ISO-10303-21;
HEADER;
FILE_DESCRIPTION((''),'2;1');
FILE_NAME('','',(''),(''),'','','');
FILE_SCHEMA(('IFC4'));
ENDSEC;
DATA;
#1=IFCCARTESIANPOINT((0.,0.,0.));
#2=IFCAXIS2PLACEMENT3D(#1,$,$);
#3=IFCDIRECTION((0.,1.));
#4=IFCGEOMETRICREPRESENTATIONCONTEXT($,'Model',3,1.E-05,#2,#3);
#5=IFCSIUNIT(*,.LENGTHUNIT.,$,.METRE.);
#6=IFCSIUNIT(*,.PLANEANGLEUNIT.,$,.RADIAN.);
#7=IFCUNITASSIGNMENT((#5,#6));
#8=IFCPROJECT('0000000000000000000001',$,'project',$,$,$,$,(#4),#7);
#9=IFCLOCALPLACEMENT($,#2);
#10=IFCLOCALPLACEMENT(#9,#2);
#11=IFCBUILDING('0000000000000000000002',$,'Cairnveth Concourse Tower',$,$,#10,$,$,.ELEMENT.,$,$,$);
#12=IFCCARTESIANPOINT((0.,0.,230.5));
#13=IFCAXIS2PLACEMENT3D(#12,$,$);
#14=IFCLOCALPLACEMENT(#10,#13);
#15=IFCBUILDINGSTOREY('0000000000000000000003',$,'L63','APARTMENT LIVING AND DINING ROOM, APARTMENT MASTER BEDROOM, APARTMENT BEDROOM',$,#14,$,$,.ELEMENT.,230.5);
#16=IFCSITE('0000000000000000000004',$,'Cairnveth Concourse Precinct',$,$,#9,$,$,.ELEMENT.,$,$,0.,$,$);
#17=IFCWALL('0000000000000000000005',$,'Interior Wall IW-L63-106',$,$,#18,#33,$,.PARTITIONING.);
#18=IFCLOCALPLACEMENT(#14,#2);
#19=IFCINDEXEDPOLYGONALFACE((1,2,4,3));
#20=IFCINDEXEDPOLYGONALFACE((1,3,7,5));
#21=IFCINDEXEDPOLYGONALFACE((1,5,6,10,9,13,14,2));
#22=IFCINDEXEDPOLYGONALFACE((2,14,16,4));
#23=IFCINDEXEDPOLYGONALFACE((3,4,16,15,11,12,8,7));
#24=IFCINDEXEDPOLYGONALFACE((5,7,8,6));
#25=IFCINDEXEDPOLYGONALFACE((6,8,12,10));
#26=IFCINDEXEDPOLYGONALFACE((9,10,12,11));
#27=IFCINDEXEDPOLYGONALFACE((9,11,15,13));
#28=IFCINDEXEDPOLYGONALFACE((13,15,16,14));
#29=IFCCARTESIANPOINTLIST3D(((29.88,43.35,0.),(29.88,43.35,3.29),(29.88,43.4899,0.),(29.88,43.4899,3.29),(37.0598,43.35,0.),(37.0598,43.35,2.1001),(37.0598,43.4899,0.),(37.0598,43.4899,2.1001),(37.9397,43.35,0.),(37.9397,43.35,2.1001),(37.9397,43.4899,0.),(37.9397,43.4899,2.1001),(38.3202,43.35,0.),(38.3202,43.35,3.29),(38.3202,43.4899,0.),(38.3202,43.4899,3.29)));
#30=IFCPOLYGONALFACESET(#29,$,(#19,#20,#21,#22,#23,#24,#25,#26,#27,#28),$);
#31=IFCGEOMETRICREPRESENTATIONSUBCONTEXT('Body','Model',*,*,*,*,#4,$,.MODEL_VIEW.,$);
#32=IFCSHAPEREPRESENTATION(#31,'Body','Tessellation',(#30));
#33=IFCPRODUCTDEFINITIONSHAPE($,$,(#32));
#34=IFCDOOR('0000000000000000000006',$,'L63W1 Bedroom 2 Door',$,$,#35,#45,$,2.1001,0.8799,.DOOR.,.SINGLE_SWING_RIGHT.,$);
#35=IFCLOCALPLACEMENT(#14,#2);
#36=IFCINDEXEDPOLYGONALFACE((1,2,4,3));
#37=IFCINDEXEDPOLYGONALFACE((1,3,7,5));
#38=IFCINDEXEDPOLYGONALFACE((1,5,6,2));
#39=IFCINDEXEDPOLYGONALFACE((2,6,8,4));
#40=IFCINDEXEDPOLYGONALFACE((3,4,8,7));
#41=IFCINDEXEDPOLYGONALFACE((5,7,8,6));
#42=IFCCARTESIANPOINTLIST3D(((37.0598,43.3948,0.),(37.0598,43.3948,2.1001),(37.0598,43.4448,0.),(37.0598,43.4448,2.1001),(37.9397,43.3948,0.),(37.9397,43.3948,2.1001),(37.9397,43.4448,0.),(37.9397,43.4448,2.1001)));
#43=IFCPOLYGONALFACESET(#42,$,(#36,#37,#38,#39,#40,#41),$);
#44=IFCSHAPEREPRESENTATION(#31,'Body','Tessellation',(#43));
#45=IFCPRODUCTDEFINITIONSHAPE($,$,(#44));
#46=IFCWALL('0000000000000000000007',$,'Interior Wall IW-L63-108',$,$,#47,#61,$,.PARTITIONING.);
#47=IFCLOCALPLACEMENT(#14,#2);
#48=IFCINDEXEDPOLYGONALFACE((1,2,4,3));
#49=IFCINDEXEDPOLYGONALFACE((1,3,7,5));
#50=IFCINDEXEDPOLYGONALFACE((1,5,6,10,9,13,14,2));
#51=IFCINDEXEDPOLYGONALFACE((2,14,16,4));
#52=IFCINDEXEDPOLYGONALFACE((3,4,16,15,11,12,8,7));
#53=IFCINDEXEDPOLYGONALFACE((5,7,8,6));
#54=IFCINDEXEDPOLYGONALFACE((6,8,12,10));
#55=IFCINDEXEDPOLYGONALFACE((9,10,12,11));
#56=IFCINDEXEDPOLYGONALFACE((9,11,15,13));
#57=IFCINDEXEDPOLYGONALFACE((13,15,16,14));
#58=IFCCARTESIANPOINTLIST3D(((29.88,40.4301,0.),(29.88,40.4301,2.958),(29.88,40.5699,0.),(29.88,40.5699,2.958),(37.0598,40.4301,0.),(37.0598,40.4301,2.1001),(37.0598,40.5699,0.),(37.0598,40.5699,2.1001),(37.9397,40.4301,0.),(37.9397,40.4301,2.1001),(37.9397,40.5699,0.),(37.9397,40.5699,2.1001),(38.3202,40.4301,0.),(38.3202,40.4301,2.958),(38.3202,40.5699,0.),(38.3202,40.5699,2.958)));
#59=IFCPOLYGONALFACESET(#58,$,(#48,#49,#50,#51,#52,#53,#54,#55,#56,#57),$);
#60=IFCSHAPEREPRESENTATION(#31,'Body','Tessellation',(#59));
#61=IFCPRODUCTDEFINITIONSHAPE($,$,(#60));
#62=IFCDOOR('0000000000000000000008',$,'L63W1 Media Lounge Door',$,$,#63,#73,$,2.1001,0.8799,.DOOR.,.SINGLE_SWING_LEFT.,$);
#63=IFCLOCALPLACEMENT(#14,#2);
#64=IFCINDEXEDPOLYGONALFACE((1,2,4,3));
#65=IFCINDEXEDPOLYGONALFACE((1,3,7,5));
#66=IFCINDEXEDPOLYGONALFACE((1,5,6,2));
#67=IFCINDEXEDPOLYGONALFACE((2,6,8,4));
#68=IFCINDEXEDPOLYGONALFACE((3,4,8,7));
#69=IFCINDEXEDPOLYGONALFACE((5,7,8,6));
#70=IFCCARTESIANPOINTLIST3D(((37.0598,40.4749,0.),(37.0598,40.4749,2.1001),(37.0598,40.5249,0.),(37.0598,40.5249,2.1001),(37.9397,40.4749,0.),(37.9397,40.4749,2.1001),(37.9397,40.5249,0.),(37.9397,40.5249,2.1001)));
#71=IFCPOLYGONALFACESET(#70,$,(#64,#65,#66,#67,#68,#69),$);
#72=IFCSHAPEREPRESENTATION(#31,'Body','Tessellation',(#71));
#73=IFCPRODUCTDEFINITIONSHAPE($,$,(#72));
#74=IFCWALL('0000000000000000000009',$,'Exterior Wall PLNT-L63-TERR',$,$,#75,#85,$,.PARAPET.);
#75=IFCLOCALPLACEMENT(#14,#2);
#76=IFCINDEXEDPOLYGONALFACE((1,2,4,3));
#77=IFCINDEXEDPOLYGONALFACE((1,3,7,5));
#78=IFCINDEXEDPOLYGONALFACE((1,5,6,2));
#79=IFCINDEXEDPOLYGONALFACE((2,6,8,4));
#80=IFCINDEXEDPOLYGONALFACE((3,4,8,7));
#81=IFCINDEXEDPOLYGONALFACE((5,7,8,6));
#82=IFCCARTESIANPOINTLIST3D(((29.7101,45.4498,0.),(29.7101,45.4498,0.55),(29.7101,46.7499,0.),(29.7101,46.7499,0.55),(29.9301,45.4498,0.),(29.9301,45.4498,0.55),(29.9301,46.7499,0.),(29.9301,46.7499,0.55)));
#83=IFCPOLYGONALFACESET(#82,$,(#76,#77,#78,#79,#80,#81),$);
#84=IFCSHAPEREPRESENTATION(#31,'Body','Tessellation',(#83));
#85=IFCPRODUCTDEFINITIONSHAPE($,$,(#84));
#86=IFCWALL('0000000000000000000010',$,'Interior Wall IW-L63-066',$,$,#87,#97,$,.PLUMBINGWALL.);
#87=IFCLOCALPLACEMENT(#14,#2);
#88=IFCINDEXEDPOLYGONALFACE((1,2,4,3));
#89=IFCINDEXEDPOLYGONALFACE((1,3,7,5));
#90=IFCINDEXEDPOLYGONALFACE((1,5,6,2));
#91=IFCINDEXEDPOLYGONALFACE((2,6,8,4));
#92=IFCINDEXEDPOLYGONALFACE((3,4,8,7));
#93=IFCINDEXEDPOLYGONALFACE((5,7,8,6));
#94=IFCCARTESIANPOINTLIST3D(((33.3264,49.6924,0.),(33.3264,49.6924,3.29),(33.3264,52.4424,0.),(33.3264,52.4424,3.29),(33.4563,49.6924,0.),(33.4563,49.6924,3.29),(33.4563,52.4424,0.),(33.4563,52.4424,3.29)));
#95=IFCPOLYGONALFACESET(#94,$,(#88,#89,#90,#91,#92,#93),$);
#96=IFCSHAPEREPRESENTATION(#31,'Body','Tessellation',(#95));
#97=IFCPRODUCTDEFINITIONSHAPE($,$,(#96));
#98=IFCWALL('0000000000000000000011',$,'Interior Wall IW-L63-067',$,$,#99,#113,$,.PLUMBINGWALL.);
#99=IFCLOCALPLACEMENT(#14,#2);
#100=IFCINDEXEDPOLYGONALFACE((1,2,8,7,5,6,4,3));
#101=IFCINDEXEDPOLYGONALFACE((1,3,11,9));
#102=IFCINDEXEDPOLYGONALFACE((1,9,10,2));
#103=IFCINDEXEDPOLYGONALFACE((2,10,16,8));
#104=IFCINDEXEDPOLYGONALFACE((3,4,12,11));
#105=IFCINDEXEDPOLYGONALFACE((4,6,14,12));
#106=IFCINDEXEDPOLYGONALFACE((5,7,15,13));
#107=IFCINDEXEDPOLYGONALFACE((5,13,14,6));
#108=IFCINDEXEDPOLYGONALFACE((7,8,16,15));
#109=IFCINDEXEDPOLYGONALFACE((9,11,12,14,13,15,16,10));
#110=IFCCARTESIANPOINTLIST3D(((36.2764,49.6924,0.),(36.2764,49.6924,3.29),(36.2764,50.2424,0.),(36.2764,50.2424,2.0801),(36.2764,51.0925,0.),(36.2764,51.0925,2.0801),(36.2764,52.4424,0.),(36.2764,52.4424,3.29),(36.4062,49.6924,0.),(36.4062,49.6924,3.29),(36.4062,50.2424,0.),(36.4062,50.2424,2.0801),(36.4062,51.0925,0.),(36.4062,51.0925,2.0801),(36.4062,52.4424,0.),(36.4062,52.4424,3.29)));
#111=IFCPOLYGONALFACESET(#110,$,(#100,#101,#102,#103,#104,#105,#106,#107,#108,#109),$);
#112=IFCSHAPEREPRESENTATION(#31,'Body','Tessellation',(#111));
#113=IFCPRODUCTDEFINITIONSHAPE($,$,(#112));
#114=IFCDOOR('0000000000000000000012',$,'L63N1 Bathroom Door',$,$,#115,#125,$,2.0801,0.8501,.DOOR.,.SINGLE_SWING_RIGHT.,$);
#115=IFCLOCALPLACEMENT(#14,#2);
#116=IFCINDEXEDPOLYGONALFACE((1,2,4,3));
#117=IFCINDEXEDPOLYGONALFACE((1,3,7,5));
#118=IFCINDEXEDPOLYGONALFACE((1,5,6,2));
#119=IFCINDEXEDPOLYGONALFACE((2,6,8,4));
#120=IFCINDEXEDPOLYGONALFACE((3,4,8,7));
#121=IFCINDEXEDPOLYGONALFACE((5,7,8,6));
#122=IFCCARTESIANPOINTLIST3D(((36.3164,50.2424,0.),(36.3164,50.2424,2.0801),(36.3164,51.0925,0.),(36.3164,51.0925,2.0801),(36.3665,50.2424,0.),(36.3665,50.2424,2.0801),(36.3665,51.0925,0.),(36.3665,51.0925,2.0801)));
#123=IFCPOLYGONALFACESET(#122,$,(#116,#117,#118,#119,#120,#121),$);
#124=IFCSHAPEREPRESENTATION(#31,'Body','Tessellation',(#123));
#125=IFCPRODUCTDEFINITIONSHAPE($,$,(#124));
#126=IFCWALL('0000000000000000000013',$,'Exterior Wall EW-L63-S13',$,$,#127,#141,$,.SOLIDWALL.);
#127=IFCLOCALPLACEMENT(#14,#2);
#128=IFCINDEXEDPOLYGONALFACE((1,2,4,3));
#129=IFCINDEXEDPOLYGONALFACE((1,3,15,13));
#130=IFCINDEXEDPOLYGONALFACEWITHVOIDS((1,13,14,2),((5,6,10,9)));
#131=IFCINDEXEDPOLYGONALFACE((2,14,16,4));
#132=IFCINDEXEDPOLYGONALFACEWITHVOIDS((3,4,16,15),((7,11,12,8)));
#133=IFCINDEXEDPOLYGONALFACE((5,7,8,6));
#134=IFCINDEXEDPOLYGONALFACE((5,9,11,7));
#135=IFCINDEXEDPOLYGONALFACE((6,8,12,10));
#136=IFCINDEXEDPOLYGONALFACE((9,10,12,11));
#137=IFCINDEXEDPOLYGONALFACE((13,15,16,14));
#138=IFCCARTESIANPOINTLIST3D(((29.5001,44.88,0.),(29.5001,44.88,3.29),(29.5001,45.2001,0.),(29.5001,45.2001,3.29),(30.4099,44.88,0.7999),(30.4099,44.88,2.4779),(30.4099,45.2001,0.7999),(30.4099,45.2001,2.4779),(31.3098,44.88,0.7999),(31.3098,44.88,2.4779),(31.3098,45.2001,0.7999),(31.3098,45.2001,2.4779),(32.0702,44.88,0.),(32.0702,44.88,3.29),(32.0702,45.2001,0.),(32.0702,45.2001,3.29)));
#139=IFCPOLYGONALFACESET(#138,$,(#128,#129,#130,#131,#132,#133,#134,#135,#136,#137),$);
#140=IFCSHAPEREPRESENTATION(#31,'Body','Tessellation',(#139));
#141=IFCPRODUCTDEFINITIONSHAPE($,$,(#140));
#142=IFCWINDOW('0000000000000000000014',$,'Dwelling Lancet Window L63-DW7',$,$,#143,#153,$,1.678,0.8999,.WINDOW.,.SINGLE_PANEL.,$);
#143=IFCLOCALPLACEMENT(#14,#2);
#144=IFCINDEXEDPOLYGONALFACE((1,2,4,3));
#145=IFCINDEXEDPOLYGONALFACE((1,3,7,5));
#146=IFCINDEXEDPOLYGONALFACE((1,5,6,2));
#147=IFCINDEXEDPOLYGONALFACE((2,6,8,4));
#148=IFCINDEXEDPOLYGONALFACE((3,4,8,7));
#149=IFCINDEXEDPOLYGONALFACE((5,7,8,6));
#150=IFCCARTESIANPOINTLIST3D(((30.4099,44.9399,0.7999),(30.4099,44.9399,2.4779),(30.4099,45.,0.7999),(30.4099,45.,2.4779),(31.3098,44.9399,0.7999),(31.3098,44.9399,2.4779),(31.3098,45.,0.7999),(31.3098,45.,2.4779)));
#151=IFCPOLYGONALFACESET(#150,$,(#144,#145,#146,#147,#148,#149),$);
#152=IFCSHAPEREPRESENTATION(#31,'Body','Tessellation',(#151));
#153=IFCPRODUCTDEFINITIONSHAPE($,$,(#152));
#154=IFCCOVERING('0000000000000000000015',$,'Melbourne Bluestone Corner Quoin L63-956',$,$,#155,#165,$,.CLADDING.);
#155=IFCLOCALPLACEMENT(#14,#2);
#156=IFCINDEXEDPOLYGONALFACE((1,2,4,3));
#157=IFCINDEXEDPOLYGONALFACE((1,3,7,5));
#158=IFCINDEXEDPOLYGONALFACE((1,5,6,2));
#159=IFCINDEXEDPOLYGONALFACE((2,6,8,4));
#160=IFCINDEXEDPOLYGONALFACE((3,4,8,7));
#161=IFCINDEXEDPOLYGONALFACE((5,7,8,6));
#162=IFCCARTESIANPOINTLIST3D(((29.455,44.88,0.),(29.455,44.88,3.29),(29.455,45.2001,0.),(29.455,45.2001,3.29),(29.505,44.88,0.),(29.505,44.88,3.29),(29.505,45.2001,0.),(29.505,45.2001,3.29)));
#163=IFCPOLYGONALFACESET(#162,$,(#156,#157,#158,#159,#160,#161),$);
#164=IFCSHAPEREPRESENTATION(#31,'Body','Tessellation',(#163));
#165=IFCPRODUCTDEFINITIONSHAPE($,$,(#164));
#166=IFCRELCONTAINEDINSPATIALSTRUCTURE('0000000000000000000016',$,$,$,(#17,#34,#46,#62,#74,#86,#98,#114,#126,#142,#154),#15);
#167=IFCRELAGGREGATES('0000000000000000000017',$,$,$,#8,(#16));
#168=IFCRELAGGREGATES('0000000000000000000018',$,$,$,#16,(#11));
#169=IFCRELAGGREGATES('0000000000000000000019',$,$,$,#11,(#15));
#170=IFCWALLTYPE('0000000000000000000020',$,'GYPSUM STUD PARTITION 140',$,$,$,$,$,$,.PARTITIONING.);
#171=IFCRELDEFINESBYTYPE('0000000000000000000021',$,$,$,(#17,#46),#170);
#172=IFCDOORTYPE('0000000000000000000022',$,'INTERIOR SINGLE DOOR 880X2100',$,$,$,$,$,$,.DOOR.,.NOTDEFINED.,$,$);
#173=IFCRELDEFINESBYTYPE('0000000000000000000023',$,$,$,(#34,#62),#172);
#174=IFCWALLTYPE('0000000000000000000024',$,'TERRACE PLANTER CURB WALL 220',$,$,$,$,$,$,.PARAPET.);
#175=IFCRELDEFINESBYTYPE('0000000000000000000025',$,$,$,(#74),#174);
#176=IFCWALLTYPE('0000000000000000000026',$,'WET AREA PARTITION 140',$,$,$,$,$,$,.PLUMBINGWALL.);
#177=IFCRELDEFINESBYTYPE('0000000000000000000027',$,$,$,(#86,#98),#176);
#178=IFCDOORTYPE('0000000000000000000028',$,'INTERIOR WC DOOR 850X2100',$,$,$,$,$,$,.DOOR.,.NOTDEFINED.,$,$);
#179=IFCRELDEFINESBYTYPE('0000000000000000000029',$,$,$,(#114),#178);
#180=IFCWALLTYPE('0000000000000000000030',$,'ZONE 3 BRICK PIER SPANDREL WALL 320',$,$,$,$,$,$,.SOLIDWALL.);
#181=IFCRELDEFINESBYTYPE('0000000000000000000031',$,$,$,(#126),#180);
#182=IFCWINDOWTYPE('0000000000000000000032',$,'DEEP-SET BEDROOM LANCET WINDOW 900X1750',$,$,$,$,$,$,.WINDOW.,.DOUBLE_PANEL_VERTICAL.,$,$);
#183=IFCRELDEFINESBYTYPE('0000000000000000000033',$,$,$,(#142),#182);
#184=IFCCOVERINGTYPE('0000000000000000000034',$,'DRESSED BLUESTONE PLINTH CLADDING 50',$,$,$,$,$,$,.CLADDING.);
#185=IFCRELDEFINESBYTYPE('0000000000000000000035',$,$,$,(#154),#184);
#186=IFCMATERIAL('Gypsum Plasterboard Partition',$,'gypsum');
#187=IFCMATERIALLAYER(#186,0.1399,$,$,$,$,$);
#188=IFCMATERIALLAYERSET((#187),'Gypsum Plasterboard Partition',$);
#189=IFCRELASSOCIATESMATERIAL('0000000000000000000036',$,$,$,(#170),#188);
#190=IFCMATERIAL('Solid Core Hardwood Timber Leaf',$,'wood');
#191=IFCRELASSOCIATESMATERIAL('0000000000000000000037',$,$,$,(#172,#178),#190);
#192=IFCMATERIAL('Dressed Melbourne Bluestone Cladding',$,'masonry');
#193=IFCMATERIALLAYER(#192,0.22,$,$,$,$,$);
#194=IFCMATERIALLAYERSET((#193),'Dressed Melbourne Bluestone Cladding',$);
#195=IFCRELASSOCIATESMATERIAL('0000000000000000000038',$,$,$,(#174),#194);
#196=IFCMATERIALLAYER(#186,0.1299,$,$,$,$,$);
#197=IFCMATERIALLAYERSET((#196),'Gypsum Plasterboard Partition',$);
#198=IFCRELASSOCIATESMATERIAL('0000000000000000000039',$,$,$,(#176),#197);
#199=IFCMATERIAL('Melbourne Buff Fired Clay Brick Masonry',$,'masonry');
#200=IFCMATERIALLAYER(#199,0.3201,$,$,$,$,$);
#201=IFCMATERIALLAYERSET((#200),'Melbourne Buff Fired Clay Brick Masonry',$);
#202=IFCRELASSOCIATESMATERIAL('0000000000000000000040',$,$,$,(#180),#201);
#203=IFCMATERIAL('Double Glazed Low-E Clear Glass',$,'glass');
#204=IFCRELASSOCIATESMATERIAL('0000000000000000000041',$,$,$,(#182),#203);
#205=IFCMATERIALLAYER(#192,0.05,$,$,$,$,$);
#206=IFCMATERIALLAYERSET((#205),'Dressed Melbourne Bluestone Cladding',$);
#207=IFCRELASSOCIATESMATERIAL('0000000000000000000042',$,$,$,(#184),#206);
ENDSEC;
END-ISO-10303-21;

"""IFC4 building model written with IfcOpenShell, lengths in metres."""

from ifc_helpers import new_model, si_unit, direction, frame, frame_2d, origin, place, context, subcontext, project, spatial, rectangle, extrude, material, layer, layer_set, type_object, element, fill, save


model = new_model("IFC4")

# Units and contexts
model_context = context("Model", 3, precision=1e-05, world=origin(), true_north=direction((0.0, 1.0)))
body_context = subcontext(model_context, "Body", "Model", "MODEL_VIEW")
ifc_project = project(units=[si_unit("LENGTHUNIT", "METRE"), si_unit("PLANEANGLEUNIT", "RADIAN")], contexts=[model_context])

# Site, building, storey
site_placement = place(None, origin())
site = spatial("IfcSite", under=ifc_project, at=site_placement, Name="Cairnveth Concourse Precinct", CompositionType="ELEMENT", RefElevation=0.0)
building_placement = place(site_placement, origin())
building = spatial("IfcBuilding", under=site, at=building_placement, Name="Cairnveth Concourse Tower", CompositionType="ELEMENT")
storey_placement = place(building_placement, frame((0.0, 0.0, 230.5)))
storey = spatial("IfcBuildingStorey", under=building, at=storey_placement, Name="L63", Description="APARTMENT LIVING AND DINING ROOM, APARTMENT MASTER BEDROOM, APARTMENT BEDROOM", CompositionType="ELEMENT", Elevation=230.5)

# Shared definitions
ifc_material_1 = material(Name="Gypsum Plasterboard Partition", Category="gypsum")
ifc_material_2 = material(Name="Solid Core Hardwood Timber Leaf", Category="wood")

# Walls, openings, doors
ifc_layer_1 = layer(ifc_material_1, 0.1399)
ifc_layer_set_1 = layer_set([ifc_layer_1], Name="Gypsum Plasterboard Partition")
wall_type_1 = type_object("IfcWallType", Name="GYPSUM STUD PARTITION 140", PredefinedType="PARTITIONING", material=ifc_layer_set_1)
wall_1_placement = place(storey_placement, frame((29.8799, 43.4199, 0.0), z_axis=(0.0, 0.0, 1.0), x_axis=(1.0, 0.0, 0.0)))
wall_1 = element("IfcWall", 1, at=wall_1_placement, inside=storey, type_object=wall_type_1, Name="Interior Wall IW-L63-106", PredefinedType="PARTITIONING", context=body_context, shape_type="SweptSolid", body=[
    extrude(rectangle(XDim=8.4402, YDim=0.1399, at=frame_2d((4.2202, 0.0))), origin(), (0.0, 0.0, 1.0), 3.29),
])
opening_1_placement = place(wall_1_placement, frame((7.1799, 0.0, 0.0)))
opening_1 = element("IfcOpeningElement", 2, at=opening_1_placement, cuts=wall_1, PredefinedType="OPENING", context=body_context, shape_type="SweptSolid", body=[
    extrude(rectangle(XDim=0.8799, YDim=2.1001, at=frame_2d((0.4399, 1.05))), frame((0.0, 0.0798, 0.0), z_axis=(0.0, -1.0, 0.0), x_axis=(1.0, 0.0, 0.0)), (0.0, 0.0, 1.0), 0.1599),
])
door_type_1 = type_object("IfcDoorType", Name="INTERIOR SINGLE DOOR 880X2100", OperationType="NOTDEFINED", PredefinedType="DOOR", material=ifc_material_2)
door_1_placement = place(opening_1_placement, origin())
door_1 = element("IfcDoor", 3, at=door_1_placement, inside=storey, type_object=door_type_1, Name="L63W1 Bedroom 2 Door", OperationType="SINGLE_SWING_RIGHT", OverallHeight=2.1001, OverallWidth=0.8799, PredefinedType="DOOR", context=body_context, shape_type="SweptSolid", body=[
    extrude(rectangle(XDim=0.8799, YDim=2.1001, at=frame_2d((0.4399, 1.05))), frame((0.0, 0.0249, 0.0), z_axis=(0.0, -1.0, 0.0), x_axis=(1.0, 0.0, 0.0)), (0.0, 0.0, 1.0), 0.05),
])
fill(opening_1, door_1)
wall_2_placement = place(storey_placement, frame((29.8799, 40.5, 0.0), z_axis=(0.0, 0.0, 1.0), x_axis=(1.0, 0.0, 0.0)))
wall_2 = element("IfcWall", 4, at=wall_2_placement, inside=storey, type_object=wall_type_1, Name="Interior Wall IW-L63-108", PredefinedType="PARTITIONING", context=body_context, shape_type="SweptSolid", body=[
    extrude(rectangle(XDim=8.4402, YDim=0.1399, at=frame_2d((4.2202, 0.0))), origin(), (0.0, 0.0, 1.0), 2.958),
])
opening_2_placement = place(wall_2_placement, frame((7.1799, 0.0, 0.0)))
opening_2 = element("IfcOpeningElement", 5, at=opening_2_placement, cuts=wall_2, PredefinedType="OPENING", context=body_context, shape_type="SweptSolid", body=[
    extrude(rectangle(XDim=0.8799, YDim=2.1001, at=frame_2d((0.4399, 1.05))), frame((0.0, 0.0798, 0.0), z_axis=(0.0, -1.0, 0.0), x_axis=(1.0, 0.0, 0.0)), (0.0, 0.0, 1.0), 0.1599),
])
door_2_placement = place(opening_2_placement, origin())
door_2 = element("IfcDoor", 6, at=door_2_placement, inside=storey, type_object=door_type_1, Name="L63W1 Media Lounge Door", OperationType="SINGLE_SWING_LEFT", OverallHeight=2.1001, OverallWidth=0.8799, PredefinedType="DOOR", context=body_context, shape_type="SweptSolid", body=[
    extrude(rectangle(XDim=0.8799, YDim=2.1001, at=frame_2d((0.4399, 1.05))), frame((0.0, 0.0249, 0.0), z_axis=(0.0, -1.0, 0.0), x_axis=(1.0, 0.0, 0.0)), (0.0, 0.0, 1.0), 0.05),
])
fill(opening_2, door_2)

# Walls
ifc_material_3 = material(Name="Dressed Melbourne Bluestone Cladding", Category="masonry")
ifc_layer_2 = layer(ifc_material_3, 0.22)
ifc_layer_set_2 = layer_set([ifc_layer_2], Name="Dressed Melbourne Bluestone Cladding")
wall_type_2 = type_object("IfcWallType", Name="TERRACE PLANTER CURB WALL 220", PredefinedType="PARAPET", material=ifc_layer_set_2)
wall_3_placement = place(storey_placement, frame((29.8201, 45.45, 0.0), z_axis=(0.0, 0.0, 1.0), x_axis=(0.0, 1.0, 0.0)))
element("IfcWall", 7, at=wall_3_placement, inside=storey, type_object=wall_type_2, Name="Exterior Wall PLNT-L63-TERR", PredefinedType="PARAPET", context=body_context, shape_type="SweptSolid", body=[
    extrude(rectangle(XDim=1.3, YDim=0.22, at=frame_2d((0.6499, 0.0))), origin(), (0.0, 0.0, 1.0), 0.55),
])
ifc_layer_3 = layer(ifc_material_1, 0.1299)
ifc_layer_set_3 = layer_set([ifc_layer_3], Name="Gypsum Plasterboard Partition")
wall_type_3 = type_object("IfcWallType", Name="WET AREA PARTITION 140", PredefinedType="PLUMBINGWALL", material=ifc_layer_set_3)
wall_4_placement = place(storey_placement, frame((33.3914, 49.6924, 0.0), z_axis=(0.0, 0.0, 1.0), x_axis=(0.0, 1.0, 0.0)))
element("IfcWall", 8, at=wall_4_placement, inside=storey, type_object=wall_type_3, Name="Interior Wall IW-L63-066", PredefinedType="PLUMBINGWALL", context=body_context, shape_type="SweptSolid", body=[
    extrude(rectangle(XDim=2.75, YDim=0.1299, at=frame_2d((1.375, 0.0))), origin(), (0.0, 0.0, 1.0), 3.29),
])

# Wall, opening, door
wall_5_placement = place(storey_placement, frame((36.3413, 49.6924, 0.0), z_axis=(0.0, 0.0, 1.0), x_axis=(0.0, 1.0, 0.0)))
wall_5 = element("IfcWall", 9, at=wall_5_placement, inside=storey, type_object=wall_type_3, Name="Interior Wall IW-L63-067", PredefinedType="PLUMBINGWALL", context=body_context, shape_type="SweptSolid", body=[
    extrude(rectangle(XDim=2.75, YDim=0.1299, at=frame_2d((1.375, 0.0))), origin(), (0.0, 0.0, 1.0), 3.29),
])
opening_3_placement = place(wall_5_placement, frame((0.55, 0.0, 0.0)))
opening_3 = element("IfcOpeningElement", 10, at=opening_3_placement, cuts=wall_5, PredefinedType="OPENING", context=body_context, shape_type="SweptSolid", body=[
    extrude(rectangle(XDim=0.8501, YDim=2.0801, at=frame_2d((0.425, 1.04))), frame((0.0, 0.075, 0.0), z_axis=(0.0, -1.0, 0.0), x_axis=(1.0, 0.0, 0.0)), (0.0, 0.0, 1.0), 0.1499),
])
door_type_2 = type_object("IfcDoorType", Name="INTERIOR WC DOOR 850X2100", OperationType="NOTDEFINED", PredefinedType="DOOR", material=ifc_material_2)
door_3_placement = place(opening_3_placement, origin())
door_3 = element("IfcDoor", 11, at=door_3_placement, inside=storey, type_object=door_type_2, Name="L63N1 Bathroom Door", OperationType="SINGLE_SWING_RIGHT", OverallHeight=2.0801, OverallWidth=0.8501, PredefinedType="DOOR", context=body_context, shape_type="SweptSolid", body=[
    extrude(rectangle(XDim=0.8501, YDim=2.0801, at=frame_2d((0.425, 1.04))), frame((0.0, 0.0249, 0.0), z_axis=(0.0, -1.0, 0.0), x_axis=(1.0, 0.0, 0.0)), (0.0, 0.0, 1.0), 0.05),
])
fill(opening_3, door_3)

# Wall, opening, window
ifc_material_4 = material(Name="Melbourne Buff Fired Clay Brick Masonry", Category="masonry")
ifc_layer_4 = layer(ifc_material_4, 0.3201)
ifc_layer_set_4 = layer_set([ifc_layer_4], Name="Melbourne Buff Fired Clay Brick Masonry")
wall_type_4 = type_object("IfcWallType", Name="ZONE 3 BRICK PIER SPANDREL WALL 320", PredefinedType="SOLIDWALL", material=ifc_layer_set_4)
wall_6_placement = place(storey_placement, frame((29.5, 45.04, 0.0), z_axis=(0.0, 0.0, 1.0), x_axis=(1.0, 0.0, 0.0)))
wall_6 = element("IfcWall", 12, at=wall_6_placement, inside=storey, type_object=wall_type_4, Name="Exterior Wall EW-L63-S13", PredefinedType="SOLIDWALL", context=body_context, shape_type="SweptSolid", body=[
    extrude(rectangle(XDim=2.5701, YDim=0.3201, at=frame_2d((1.2852, 0.0))), origin(), (0.0, 0.0, 1.0), 3.29),
])
opening_4_placement = place(wall_6_placement, frame((0.9099, 0.0, 0.8)))
opening_4 = element("IfcOpeningElement", 13, at=opening_4_placement, cuts=wall_6, PredefinedType="OPENING", context=body_context, shape_type="SweptSolid", body=[
    extrude(rectangle(XDim=0.8999, YDim=1.678, at=frame_2d((0.45, 0.8389))), frame((0.0, 0.1699, 0.0), z_axis=(0.0, -1.0, 0.0), x_axis=(1.0, 0.0, 0.0)), (0.0, 0.0, 1.0), 0.3401),
])
ifc_material_5 = material(Name="Double Glazed Low-E Clear Glass", Category="glass")
window_type = type_object("IfcWindowType", Name="DEEP-SET BEDROOM LANCET WINDOW 900X1750", PartitioningType="DOUBLE_PANEL_VERTICAL", PredefinedType="WINDOW", material=ifc_material_5)
window_placement = place(opening_4_placement, origin())
window = element("IfcWindow", 14, at=window_placement, inside=storey, type_object=window_type, Name="Dwelling Lancet Window L63-DW7", OverallHeight=1.678, OverallWidth=0.8999, PartitioningType="SINGLE_PANEL", PredefinedType="WINDOW", context=body_context, shape_type="SweptSolid", body=[
    extrude(rectangle(XDim=0.8999, YDim=1.678, at=frame_2d((0.45, 0.8389))), frame((0.0, -0.04, 0.0), z_axis=(0.0, -1.0, 0.0), x_axis=(1.0, 0.0, 0.0)), (0.0, 0.0, 1.0), 0.0601),
])
fill(opening_4, window)

# Covering
ifc_layer_5 = layer(ifc_material_3, 0.05)
ifc_layer_set_5 = layer_set([ifc_layer_5], Name="Dressed Melbourne Bluestone Cladding")
covering_type = type_object("IfcCoveringType", Name="DRESSED BLUESTONE PLINTH CLADDING 50", PredefinedType="CLADDING", material=ifc_layer_set_5)
for number, where, z_axis, x_axis, name in (
    (15, (29.48, 44.8799, 0.0), (0.0, 0.0, 1.0), (0.0, 1.0, 0.0), "Melbourne Bluestone Corner Quoin L63-956"),
):
    element("IfcCovering", number, at=place(storey_placement, frame(where, z_axis=z_axis, x_axis=x_axis)), inside=storey, type_object=covering_type, Name=name, PredefinedType="CLADDING", context=body_context, shape_type="SweptSolid", body=[
        extrude(rectangle(XDim=0.3201, YDim=0.05, at=frame_2d((0.1602, 0.0))), origin(), (0.0, 0.0, 1.0), 3.29),
    ])

save(model, "model.ifc")
